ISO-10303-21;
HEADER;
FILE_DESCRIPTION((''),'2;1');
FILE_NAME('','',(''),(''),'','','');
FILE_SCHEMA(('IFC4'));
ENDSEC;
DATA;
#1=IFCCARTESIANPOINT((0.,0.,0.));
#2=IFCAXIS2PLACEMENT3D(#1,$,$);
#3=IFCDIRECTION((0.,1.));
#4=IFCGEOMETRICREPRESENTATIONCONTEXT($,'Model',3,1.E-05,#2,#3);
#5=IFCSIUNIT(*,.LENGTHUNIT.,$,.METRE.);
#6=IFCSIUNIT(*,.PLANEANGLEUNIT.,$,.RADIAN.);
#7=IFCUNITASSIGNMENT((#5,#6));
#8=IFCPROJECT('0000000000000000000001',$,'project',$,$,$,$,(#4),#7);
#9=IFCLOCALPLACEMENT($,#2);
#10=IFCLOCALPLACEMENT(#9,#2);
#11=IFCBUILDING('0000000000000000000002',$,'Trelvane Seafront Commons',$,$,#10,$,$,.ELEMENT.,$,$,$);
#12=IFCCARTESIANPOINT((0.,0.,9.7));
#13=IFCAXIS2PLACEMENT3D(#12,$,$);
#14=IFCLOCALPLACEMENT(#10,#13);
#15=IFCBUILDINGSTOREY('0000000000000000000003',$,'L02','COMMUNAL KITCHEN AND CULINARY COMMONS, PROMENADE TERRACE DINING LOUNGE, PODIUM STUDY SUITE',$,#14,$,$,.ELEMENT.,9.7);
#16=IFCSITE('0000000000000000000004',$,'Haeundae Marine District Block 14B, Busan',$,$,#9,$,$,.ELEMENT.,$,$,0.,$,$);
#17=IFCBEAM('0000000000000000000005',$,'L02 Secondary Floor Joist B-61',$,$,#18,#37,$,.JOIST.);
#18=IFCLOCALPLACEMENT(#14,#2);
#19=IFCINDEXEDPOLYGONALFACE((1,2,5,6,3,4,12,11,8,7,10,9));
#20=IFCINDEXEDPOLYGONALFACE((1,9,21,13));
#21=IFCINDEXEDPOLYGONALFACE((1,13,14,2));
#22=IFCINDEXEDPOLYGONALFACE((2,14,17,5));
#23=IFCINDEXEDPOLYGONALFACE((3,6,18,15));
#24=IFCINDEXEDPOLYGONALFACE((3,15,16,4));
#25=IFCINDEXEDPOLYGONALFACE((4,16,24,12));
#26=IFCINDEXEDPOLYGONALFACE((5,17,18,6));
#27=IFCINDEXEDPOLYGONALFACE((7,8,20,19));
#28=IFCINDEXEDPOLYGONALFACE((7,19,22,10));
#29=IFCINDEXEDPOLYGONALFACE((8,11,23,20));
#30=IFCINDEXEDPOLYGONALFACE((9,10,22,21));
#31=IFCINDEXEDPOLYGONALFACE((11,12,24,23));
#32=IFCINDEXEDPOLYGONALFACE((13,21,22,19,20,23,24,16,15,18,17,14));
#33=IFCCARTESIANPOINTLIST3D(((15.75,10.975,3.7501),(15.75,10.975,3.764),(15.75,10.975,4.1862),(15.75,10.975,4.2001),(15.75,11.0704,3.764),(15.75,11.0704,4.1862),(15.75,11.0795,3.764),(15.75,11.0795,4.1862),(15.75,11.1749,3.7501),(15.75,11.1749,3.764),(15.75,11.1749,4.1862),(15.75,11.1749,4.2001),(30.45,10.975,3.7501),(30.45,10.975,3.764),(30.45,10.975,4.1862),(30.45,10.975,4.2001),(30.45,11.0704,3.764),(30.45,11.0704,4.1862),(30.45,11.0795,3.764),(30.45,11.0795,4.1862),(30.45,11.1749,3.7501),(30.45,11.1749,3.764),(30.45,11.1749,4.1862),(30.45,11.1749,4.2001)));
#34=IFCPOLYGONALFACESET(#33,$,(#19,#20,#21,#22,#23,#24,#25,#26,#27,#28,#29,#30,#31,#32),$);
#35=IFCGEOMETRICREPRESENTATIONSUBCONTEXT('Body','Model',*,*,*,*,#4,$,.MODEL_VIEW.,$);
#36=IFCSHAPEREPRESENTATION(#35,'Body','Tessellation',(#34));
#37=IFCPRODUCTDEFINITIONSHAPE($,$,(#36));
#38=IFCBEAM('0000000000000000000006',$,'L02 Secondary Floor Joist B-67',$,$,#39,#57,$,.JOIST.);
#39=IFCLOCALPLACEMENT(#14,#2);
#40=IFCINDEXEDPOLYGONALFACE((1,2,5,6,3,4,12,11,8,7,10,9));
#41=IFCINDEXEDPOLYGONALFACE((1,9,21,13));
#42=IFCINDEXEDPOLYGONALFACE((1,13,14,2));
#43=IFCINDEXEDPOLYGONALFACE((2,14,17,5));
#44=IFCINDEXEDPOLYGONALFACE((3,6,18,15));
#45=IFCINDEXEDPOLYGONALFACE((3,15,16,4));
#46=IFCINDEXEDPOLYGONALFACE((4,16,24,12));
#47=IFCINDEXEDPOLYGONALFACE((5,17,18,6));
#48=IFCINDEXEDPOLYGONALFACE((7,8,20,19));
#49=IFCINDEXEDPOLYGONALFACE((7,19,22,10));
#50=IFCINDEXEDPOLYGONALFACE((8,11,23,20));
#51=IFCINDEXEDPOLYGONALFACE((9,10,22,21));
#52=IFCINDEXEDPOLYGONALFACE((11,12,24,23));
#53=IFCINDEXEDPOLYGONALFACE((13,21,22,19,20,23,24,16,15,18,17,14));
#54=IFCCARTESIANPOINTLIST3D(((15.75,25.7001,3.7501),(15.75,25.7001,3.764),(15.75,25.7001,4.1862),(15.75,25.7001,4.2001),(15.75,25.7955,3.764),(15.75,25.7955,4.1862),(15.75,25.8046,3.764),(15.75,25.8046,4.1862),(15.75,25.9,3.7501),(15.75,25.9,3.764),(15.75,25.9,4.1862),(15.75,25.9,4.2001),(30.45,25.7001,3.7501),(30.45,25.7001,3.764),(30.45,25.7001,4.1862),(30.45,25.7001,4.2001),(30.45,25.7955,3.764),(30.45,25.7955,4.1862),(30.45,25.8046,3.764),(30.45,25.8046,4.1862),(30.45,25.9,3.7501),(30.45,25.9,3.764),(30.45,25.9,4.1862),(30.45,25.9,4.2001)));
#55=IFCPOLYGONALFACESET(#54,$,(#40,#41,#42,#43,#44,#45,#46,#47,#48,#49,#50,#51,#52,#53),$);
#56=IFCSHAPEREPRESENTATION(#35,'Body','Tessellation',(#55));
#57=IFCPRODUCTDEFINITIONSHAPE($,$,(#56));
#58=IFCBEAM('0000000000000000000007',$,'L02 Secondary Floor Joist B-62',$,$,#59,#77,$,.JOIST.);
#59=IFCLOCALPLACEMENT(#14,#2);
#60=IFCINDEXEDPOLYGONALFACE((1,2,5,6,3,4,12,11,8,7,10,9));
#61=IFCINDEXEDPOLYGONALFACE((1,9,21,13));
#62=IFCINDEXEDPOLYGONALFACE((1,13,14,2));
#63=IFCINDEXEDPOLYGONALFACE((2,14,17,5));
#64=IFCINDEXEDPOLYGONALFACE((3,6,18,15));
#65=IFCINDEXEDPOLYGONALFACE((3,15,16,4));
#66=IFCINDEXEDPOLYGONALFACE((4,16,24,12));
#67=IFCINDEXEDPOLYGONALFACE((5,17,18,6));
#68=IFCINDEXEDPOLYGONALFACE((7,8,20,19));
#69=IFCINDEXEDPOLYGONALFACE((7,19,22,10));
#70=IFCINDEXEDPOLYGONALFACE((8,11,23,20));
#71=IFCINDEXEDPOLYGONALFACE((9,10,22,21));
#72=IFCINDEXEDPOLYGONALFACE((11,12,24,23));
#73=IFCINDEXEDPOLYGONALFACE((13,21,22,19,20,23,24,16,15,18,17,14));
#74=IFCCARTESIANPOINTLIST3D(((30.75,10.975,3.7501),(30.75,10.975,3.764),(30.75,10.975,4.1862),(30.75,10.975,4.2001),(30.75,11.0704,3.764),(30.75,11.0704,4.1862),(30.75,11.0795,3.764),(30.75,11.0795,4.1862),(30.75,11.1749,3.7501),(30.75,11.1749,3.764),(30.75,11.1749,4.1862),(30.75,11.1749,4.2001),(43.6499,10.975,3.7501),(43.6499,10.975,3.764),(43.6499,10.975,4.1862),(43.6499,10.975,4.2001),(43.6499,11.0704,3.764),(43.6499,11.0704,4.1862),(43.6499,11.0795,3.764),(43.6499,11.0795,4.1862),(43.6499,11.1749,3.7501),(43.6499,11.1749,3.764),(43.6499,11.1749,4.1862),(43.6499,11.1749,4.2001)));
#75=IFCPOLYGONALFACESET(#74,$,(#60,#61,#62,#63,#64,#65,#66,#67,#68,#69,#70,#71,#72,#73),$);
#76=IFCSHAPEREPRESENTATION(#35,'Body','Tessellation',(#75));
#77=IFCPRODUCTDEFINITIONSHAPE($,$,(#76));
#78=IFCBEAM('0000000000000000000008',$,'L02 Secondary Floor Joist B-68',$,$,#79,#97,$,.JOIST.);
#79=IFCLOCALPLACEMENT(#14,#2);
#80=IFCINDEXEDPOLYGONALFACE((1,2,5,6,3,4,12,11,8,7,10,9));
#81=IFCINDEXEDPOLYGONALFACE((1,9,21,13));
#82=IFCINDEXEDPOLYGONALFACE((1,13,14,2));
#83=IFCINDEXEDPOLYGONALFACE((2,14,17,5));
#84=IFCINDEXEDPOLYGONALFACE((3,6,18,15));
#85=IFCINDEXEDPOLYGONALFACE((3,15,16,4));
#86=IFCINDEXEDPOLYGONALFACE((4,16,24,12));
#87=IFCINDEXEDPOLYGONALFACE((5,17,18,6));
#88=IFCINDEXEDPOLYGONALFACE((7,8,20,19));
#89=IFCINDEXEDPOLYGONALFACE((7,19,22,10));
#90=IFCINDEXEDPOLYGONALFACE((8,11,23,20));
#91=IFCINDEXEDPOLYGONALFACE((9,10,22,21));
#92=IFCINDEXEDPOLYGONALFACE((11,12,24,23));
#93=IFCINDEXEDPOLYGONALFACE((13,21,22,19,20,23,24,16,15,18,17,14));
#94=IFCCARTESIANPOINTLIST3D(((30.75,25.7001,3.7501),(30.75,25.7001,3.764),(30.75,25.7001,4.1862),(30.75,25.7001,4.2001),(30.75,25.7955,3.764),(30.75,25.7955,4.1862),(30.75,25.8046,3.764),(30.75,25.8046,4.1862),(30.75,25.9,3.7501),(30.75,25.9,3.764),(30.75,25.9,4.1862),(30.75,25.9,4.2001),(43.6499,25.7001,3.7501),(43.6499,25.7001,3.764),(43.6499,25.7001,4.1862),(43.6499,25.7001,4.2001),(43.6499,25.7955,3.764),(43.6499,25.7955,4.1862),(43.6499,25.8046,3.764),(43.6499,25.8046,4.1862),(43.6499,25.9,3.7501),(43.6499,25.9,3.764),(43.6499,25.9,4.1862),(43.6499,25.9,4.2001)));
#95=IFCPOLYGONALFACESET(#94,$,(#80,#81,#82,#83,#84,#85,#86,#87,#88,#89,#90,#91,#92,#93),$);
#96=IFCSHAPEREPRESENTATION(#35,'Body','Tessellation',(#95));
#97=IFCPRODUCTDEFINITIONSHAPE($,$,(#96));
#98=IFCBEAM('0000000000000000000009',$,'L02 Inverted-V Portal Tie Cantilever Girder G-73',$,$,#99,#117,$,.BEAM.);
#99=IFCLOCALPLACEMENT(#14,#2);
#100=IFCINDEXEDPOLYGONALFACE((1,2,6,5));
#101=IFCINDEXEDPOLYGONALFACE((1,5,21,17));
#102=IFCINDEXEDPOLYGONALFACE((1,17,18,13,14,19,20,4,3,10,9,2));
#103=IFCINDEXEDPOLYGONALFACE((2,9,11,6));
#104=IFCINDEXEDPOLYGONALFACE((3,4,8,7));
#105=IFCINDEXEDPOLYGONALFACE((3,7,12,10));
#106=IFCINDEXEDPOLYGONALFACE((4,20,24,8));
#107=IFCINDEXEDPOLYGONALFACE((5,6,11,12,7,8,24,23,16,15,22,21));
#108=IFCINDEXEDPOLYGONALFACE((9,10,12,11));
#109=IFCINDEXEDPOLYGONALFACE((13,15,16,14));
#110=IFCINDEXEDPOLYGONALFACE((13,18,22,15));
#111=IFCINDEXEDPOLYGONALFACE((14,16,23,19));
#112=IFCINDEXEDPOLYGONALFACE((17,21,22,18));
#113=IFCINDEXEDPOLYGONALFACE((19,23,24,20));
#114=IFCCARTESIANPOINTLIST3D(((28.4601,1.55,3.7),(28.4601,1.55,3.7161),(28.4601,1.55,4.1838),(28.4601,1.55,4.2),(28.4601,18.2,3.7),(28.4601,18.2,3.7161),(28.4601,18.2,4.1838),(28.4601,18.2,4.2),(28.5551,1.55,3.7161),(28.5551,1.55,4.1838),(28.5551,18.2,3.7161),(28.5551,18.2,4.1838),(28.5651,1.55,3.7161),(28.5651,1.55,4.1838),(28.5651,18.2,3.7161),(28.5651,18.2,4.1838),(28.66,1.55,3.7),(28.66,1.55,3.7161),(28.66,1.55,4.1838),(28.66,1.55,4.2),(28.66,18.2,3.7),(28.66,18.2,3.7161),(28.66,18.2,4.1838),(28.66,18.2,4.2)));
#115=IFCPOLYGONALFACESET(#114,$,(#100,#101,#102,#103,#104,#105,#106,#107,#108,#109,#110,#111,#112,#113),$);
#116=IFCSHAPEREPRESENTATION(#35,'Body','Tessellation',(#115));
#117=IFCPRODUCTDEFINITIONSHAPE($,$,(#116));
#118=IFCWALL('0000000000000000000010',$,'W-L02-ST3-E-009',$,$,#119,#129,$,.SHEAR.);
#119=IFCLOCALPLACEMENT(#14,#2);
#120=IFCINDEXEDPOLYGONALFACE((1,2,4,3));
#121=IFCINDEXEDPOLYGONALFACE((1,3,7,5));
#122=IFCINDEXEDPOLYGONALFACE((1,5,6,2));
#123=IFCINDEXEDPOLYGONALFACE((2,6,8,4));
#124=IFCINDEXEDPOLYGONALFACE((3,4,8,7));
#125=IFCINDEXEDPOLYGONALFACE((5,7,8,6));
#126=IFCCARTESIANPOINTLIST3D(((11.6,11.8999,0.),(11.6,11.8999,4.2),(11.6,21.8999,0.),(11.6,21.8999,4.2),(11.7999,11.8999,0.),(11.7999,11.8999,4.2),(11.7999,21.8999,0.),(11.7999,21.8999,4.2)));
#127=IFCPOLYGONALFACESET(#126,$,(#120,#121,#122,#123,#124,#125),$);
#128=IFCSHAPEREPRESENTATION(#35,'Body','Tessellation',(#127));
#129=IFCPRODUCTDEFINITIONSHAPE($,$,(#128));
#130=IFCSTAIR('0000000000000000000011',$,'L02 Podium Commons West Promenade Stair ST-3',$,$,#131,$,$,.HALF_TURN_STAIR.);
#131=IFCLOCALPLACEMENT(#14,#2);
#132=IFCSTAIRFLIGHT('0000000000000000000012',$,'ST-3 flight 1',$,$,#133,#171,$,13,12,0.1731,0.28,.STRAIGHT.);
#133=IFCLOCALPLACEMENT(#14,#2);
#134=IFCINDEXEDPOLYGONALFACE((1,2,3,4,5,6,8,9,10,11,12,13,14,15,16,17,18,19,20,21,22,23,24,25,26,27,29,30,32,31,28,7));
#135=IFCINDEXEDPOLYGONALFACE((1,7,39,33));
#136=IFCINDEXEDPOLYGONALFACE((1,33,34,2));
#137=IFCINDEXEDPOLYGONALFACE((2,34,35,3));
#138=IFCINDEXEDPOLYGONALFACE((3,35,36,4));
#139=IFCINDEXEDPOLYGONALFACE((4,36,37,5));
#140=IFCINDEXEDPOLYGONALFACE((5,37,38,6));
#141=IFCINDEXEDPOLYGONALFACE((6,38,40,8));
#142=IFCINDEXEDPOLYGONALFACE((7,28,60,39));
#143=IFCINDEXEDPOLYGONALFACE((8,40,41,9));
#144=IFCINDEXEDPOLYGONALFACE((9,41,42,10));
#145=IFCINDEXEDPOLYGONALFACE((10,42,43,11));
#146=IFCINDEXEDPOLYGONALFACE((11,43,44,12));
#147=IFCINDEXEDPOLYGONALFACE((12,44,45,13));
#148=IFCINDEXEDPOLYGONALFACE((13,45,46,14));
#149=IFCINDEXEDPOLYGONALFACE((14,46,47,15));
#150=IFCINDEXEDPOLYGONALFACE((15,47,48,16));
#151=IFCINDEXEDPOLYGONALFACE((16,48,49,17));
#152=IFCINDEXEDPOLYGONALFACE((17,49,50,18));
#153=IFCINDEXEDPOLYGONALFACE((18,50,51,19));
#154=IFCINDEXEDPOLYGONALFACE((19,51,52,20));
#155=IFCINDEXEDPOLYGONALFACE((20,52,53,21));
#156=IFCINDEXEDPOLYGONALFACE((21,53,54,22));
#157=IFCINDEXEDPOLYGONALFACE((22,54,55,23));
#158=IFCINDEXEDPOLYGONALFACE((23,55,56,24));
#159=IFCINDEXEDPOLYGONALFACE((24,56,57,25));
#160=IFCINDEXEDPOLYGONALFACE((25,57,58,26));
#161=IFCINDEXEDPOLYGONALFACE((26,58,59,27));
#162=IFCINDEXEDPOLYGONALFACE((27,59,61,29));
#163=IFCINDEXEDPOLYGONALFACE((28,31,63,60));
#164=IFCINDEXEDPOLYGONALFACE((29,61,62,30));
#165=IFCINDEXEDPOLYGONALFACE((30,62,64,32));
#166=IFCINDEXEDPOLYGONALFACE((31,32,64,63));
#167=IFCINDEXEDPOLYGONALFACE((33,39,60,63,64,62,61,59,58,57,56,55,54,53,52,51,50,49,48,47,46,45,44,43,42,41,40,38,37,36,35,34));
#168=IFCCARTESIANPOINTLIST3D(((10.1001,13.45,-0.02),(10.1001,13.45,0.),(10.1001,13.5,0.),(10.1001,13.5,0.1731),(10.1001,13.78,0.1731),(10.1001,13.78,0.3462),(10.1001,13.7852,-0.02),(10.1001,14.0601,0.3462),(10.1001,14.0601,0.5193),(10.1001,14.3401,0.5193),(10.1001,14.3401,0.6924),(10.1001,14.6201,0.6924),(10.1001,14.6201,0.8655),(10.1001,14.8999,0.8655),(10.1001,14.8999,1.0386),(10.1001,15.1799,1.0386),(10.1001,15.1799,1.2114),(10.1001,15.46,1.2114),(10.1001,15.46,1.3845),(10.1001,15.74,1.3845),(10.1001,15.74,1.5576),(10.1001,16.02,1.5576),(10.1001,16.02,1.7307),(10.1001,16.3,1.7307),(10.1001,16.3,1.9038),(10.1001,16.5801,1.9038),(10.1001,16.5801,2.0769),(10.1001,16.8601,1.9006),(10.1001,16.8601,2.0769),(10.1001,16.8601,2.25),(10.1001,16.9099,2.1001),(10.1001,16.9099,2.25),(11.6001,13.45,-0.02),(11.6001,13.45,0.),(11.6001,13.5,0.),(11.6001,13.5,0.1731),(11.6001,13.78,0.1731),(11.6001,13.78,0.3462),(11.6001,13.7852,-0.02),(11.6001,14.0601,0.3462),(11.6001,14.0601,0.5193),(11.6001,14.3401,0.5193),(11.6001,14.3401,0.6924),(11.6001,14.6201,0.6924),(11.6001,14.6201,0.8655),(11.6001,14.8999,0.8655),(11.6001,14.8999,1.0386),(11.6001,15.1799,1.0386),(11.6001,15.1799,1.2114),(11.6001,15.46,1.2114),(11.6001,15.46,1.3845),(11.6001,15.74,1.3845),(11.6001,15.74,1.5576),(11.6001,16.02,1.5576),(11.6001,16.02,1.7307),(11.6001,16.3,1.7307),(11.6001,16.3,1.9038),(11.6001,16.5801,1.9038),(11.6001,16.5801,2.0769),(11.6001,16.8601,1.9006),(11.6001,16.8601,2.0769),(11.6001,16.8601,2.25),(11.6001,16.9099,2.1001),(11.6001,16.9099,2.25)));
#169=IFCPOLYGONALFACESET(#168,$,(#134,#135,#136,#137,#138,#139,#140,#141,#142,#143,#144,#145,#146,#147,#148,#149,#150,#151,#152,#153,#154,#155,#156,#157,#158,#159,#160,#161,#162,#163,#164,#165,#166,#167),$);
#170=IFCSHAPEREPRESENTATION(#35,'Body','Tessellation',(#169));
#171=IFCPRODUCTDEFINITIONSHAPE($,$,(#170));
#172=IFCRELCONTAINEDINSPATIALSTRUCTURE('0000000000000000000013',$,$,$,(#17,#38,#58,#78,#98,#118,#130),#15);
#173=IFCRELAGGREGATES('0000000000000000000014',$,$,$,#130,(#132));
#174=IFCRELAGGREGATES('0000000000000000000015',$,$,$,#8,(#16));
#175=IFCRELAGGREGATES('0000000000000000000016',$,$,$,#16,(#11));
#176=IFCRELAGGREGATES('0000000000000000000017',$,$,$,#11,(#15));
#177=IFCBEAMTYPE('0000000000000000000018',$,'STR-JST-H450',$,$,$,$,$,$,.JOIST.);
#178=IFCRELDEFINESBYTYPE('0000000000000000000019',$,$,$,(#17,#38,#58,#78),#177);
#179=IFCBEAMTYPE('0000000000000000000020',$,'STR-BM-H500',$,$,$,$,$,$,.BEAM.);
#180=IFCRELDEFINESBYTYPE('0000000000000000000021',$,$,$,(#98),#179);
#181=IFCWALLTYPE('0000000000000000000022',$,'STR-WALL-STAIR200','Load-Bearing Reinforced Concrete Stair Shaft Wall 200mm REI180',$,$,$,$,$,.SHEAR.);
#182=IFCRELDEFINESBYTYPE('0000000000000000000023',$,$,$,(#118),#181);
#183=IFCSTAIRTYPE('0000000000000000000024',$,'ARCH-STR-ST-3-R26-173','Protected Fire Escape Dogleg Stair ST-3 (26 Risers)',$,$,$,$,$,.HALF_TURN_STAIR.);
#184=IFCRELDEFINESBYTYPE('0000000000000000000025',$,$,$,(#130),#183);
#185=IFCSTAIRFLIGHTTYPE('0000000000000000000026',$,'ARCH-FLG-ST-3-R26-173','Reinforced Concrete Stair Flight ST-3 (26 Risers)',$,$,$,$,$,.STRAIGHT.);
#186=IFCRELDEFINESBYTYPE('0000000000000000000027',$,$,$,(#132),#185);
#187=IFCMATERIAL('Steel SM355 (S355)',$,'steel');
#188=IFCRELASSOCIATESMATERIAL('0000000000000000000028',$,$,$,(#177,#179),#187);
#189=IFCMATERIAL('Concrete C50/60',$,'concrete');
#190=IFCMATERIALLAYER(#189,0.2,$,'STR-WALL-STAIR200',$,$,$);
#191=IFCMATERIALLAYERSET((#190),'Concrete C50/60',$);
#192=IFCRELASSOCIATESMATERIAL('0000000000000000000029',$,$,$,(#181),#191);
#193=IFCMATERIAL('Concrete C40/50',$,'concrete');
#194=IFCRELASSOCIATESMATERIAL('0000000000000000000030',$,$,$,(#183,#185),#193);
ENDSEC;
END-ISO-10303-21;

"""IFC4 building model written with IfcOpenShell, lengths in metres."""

from ifc_helpers import new_model, si_unit, direction, frame, frame_2d, origin, origin_2d, place, context, subcontext, project, spatial, polyline, rectangle, i_section, outline, extrude, source, transform, mapped, material, layer, layer_set, material_profile, profile_set, type_object, element, aggregate, save


model = new_model("IFC4")

# Units and contexts
model_context = context("Model", 3, precision=1e-05, world=origin(), true_north=direction((0.0, 1.0)))
body_context = subcontext(model_context, "Body", "Model", "MODEL_VIEW")
ifc_project = project(units=[si_unit("LENGTHUNIT", "METRE"), si_unit("PLANEANGLEUNIT", "RADIAN")], contexts=[model_context])

# Site, building, storey
site_placement = place(None, origin())
site = spatial("IfcSite", under=ifc_project, at=site_placement, Name="Haeundae Marine District Block 14B, Busan", CompositionType="ELEMENT", RefElevation=0.0)
building_placement = place(site_placement, origin())
building = spatial("IfcBuilding", under=site, at=building_placement, Name="Trelvane Seafront Commons", CompositionType="ELEMENT")
storey_placement = place(building_placement, frame((0.0, 0.0, 9.7)))
storey = spatial("IfcBuildingStorey", under=building, at=storey_placement, Name="L02", Description="COMMUNAL KITCHEN AND CULINARY COMMONS, PROMENADE TERRACE DINING LOUNGE, PODIUM STUDY SUITE", CompositionType="ELEMENT", Elevation=9.7)

# Beams
ifc_material_1 = material(Name="Concrete C50/60", Category="concrete")
ifc_material_2 = material(Name="Steel SM355 (S355)", Category="steel")
ifc_material_profile_1 = material_profile(ifc_material_2, i_section(OverallWidth=0.2, OverallDepth=0.45, WebThickness=0.009, FlangeThickness=0.0139, at=origin_2d()), Name="H-450x200x9x14")
ifc_profile_set_1 = profile_set([ifc_material_profile_1], Name="Steel SM355 (S355)")
beam_type_1 = type_object("IfcBeamType", Name="STR-JST-H450", PredefinedType="JOIST", material=ifc_profile_set_1)
shared_shape_1 = source(origin(), body_context, "Body", "SweptSolid", [
    extrude(i_section(OverallWidth=0.2, OverallDepth=0.45, WebThickness=0.009, FlangeThickness=0.0139, at=origin_2d()), origin(), (0.0, 0.0, 1.0), 14.7),
])
for number, where, z_axis, x_axis, name in (
    (1, (15.75, 11.075, 3.9751), (1.0, 0.0, 0.0), (0.0, 1.0, 0.0), "L02 Secondary Floor Joist B-61"),
    (2, (15.75, 25.8, 3.9751), (1.0, 0.0, 0.0), (0.0, 1.0, 0.0), "L02 Secondary Floor Joist B-67"),
):
    element("IfcBeam", number, at=place(storey_placement, frame(where, z_axis=z_axis, x_axis=x_axis)), inside=storey, type_object=beam_type_1, Name=name, PredefinedType="JOIST", context=body_context, shape_type="MappedRepresentation", body=[
        mapped(shared_shape_1, transform((0.0, 0.0, 0.0), x_axis=(1.0, 0.0, 0.0), y_axis=(0.0, 1.0, 0.0), z_axis=(0.0, 0.0, 1.0), scale=1.0)),
    ])
shared_shape_2 = source(origin(), body_context, "Body", "SweptSolid", [
    extrude(i_section(OverallWidth=0.2, OverallDepth=0.45, WebThickness=0.009, FlangeThickness=0.0139, at=origin_2d()), origin(), (0.0, 0.0, 1.0), 12.8999),
])
for number, where, z_axis, x_axis, name in (
    (3, (30.75, 11.075, 3.9751), (1.0, 0.0, 0.0), (0.0, 1.0, 0.0), "L02 Secondary Floor Joist B-62"),
    (4, (30.75, 25.8, 3.9751), (1.0, 0.0, 0.0), (0.0, 1.0, 0.0), "L02 Secondary Floor Joist B-68"),
):
    element("IfcBeam", number, at=place(storey_placement, frame(where, z_axis=z_axis, x_axis=x_axis)), inside=storey, type_object=beam_type_1, Name=name, PredefinedType="JOIST", context=body_context, shape_type="MappedRepresentation", body=[
        mapped(shared_shape_2, transform((0.0, 0.0, 0.0), x_axis=(1.0, 0.0, 0.0), y_axis=(0.0, 1.0, 0.0), z_axis=(0.0, 0.0, 1.0), scale=1.0)),
    ])
ifc_material_profile_2 = material_profile(ifc_material_2, i_section(OverallWidth=0.2, OverallDepth=0.5, WebThickness=0.01, FlangeThickness=0.0161, at=origin_2d()), Name="H-500x200x10x16")
ifc_profile_set_2 = profile_set([ifc_material_profile_2], Name="Steel SM355 (S355)")
beam_type_2 = type_object("IfcBeamType", Name="STR-BM-H500", PredefinedType="BEAM", material=ifc_profile_set_2)
shared_shape_3 = source(origin(), body_context, "Body", "SweptSolid", [
    extrude(i_section(OverallWidth=0.2, OverallDepth=0.5, WebThickness=0.01, FlangeThickness=0.0161, at=origin_2d()), origin(), (0.0, 0.0, 1.0), 16.6499),
])
beam_1_placement = place(storey_placement, frame((28.5601, 18.2, 3.95), z_axis=(0.0, -1.0, 0.0), x_axis=(1.0, 0.0, 0.0)))
element("IfcBeam", 5, at=beam_1_placement, inside=storey, type_object=beam_type_2, Name="L02 Inverted-V Portal Tie Cantilever Girder G-73", PredefinedType="BEAM", context=body_context, shape_type="MappedRepresentation", body=[
    mapped(shared_shape_3, transform((0.0, 0.0, 0.0), x_axis=(1.0, 0.0, 0.0), y_axis=(0.0, 1.0, 0.0), z_axis=(0.0, 0.0, 1.0), scale=1.0)),
])

# Wall
ifc_layer_1 = layer(ifc_material_1, 0.2, Name="STR-WALL-STAIR200")
ifc_layer_set_1 = layer_set([ifc_layer_1], Name="Concrete C50/60")
wall_type = type_object("IfcWallType", Name="STR-WALL-STAIR200", Description="Load-Bearing Reinforced Concrete Stair Shaft Wall 200mm REI180", PredefinedType="SHEAR", material=ifc_layer_set_1)
wall_placement = place(storey_placement, frame((11.7, 11.8999, 0.0), z_axis=(0.0, 0.0, 1.0), x_axis=(0.0, 1.0, 0.0)))
element("IfcWall", 6, at=wall_placement, inside=storey, type_object=wall_type, Name="W-L02-ST3-E-009", PredefinedType="SHEAR", context=body_context, shape_type="SweptSolid", body=[
    extrude(rectangle(XDim=10.0, YDim=0.2, at=frame_2d((5.0, 0.0))), origin(), (0.0, 0.0, 1.0), 4.2),
])

# Stair, stair flight
ifc_material_3 = material(Name="Concrete C40/50", Category="concrete")
stair_type = type_object("IfcStairType", Name="ARCH-STR-ST-3-R26-173", Description="Protected Fire Escape Dogleg Stair ST-3 (26 Risers)", PredefinedType="HALF_TURN_STAIR", material=ifc_material_3)
stair_placement = place(storey_placement, origin())
stair = element("IfcStair", 7, at=stair_placement, inside=storey, type_object=stair_type, Name="L02 Podium Commons West Promenade Stair ST-3", PredefinedType="HALF_TURN_STAIR")
stair_flight_type = type_object("IfcStairFlightType", Name="ARCH-FLG-ST-3-R26-173", Description="Reinforced Concrete Stair Flight ST-3 (26 Risers)", PredefinedType="STRAIGHT", material=ifc_material_3)
shared_shape_4 = source(origin(), body_context, "Body", "SweptSolid", [
    extrude(outline(polyline([(-0.05, -0.02), (-0.05, 0.0), (0.0, 0.0), (0.0, 0.1731), (0.28, 0.1731), (0.28, 0.3462), (0.5601, 0.3462), (0.5601, 0.5193), (0.8401, 0.5193), (0.8401, 0.6924), (1.1201, 0.6924), (1.1201, 0.8655), (1.3999, 0.8655), (1.3999, 1.0386), (1.6799, 1.0386), (1.6799, 1.2114), (1.96, 1.2114), (1.96, 1.3845), (2.24, 1.3845), (2.24, 1.5576), (2.52, 1.5576), (2.52, 1.7307), (2.8, 1.7307), (2.8, 1.9038), (3.0801, 1.9038), (3.0801, 2.0769), (3.3601, 2.0769), (3.3601, 2.25), (3.4099, 2.25), (3.4099, 2.1001), (3.3601, 1.9006), (0.2852, -0.02), (-0.05, -0.02)])), frame((0.0, 0.75, 0.0), z_axis=(0.0, -1.0, 0.0), x_axis=(1.0, 0.0, 0.0)), (0.0, 0.0, 1.0), 1.5),
])
stair_flight_placement = place(storey_placement, frame((10.8501, 13.5, 0.0), z_axis=(0.0, 0.0, 1.0), x_axis=(0.0, 1.0, 0.0)))
stair_flight = element("IfcStairFlight", 8, at=stair_flight_placement, type_object=stair_flight_type, Name="ST-3 flight 1", NumberOfRisers=13, NumberOfTreads=12, PredefinedType="STRAIGHT", RiserHeight=0.1731, TreadLength=0.28, context=body_context, shape_type="MappedRepresentation", body=[
    mapped(shared_shape_4, transform((0.0, 0.0, 0.0), x_axis=(1.0, 0.0, 0.0), y_axis=(0.0, 1.0, 0.0), z_axis=(0.0, 0.0, 1.0), scale=1.0)),
])
aggregate(stair, [stair_flight])

save(model, "model.ifc")
